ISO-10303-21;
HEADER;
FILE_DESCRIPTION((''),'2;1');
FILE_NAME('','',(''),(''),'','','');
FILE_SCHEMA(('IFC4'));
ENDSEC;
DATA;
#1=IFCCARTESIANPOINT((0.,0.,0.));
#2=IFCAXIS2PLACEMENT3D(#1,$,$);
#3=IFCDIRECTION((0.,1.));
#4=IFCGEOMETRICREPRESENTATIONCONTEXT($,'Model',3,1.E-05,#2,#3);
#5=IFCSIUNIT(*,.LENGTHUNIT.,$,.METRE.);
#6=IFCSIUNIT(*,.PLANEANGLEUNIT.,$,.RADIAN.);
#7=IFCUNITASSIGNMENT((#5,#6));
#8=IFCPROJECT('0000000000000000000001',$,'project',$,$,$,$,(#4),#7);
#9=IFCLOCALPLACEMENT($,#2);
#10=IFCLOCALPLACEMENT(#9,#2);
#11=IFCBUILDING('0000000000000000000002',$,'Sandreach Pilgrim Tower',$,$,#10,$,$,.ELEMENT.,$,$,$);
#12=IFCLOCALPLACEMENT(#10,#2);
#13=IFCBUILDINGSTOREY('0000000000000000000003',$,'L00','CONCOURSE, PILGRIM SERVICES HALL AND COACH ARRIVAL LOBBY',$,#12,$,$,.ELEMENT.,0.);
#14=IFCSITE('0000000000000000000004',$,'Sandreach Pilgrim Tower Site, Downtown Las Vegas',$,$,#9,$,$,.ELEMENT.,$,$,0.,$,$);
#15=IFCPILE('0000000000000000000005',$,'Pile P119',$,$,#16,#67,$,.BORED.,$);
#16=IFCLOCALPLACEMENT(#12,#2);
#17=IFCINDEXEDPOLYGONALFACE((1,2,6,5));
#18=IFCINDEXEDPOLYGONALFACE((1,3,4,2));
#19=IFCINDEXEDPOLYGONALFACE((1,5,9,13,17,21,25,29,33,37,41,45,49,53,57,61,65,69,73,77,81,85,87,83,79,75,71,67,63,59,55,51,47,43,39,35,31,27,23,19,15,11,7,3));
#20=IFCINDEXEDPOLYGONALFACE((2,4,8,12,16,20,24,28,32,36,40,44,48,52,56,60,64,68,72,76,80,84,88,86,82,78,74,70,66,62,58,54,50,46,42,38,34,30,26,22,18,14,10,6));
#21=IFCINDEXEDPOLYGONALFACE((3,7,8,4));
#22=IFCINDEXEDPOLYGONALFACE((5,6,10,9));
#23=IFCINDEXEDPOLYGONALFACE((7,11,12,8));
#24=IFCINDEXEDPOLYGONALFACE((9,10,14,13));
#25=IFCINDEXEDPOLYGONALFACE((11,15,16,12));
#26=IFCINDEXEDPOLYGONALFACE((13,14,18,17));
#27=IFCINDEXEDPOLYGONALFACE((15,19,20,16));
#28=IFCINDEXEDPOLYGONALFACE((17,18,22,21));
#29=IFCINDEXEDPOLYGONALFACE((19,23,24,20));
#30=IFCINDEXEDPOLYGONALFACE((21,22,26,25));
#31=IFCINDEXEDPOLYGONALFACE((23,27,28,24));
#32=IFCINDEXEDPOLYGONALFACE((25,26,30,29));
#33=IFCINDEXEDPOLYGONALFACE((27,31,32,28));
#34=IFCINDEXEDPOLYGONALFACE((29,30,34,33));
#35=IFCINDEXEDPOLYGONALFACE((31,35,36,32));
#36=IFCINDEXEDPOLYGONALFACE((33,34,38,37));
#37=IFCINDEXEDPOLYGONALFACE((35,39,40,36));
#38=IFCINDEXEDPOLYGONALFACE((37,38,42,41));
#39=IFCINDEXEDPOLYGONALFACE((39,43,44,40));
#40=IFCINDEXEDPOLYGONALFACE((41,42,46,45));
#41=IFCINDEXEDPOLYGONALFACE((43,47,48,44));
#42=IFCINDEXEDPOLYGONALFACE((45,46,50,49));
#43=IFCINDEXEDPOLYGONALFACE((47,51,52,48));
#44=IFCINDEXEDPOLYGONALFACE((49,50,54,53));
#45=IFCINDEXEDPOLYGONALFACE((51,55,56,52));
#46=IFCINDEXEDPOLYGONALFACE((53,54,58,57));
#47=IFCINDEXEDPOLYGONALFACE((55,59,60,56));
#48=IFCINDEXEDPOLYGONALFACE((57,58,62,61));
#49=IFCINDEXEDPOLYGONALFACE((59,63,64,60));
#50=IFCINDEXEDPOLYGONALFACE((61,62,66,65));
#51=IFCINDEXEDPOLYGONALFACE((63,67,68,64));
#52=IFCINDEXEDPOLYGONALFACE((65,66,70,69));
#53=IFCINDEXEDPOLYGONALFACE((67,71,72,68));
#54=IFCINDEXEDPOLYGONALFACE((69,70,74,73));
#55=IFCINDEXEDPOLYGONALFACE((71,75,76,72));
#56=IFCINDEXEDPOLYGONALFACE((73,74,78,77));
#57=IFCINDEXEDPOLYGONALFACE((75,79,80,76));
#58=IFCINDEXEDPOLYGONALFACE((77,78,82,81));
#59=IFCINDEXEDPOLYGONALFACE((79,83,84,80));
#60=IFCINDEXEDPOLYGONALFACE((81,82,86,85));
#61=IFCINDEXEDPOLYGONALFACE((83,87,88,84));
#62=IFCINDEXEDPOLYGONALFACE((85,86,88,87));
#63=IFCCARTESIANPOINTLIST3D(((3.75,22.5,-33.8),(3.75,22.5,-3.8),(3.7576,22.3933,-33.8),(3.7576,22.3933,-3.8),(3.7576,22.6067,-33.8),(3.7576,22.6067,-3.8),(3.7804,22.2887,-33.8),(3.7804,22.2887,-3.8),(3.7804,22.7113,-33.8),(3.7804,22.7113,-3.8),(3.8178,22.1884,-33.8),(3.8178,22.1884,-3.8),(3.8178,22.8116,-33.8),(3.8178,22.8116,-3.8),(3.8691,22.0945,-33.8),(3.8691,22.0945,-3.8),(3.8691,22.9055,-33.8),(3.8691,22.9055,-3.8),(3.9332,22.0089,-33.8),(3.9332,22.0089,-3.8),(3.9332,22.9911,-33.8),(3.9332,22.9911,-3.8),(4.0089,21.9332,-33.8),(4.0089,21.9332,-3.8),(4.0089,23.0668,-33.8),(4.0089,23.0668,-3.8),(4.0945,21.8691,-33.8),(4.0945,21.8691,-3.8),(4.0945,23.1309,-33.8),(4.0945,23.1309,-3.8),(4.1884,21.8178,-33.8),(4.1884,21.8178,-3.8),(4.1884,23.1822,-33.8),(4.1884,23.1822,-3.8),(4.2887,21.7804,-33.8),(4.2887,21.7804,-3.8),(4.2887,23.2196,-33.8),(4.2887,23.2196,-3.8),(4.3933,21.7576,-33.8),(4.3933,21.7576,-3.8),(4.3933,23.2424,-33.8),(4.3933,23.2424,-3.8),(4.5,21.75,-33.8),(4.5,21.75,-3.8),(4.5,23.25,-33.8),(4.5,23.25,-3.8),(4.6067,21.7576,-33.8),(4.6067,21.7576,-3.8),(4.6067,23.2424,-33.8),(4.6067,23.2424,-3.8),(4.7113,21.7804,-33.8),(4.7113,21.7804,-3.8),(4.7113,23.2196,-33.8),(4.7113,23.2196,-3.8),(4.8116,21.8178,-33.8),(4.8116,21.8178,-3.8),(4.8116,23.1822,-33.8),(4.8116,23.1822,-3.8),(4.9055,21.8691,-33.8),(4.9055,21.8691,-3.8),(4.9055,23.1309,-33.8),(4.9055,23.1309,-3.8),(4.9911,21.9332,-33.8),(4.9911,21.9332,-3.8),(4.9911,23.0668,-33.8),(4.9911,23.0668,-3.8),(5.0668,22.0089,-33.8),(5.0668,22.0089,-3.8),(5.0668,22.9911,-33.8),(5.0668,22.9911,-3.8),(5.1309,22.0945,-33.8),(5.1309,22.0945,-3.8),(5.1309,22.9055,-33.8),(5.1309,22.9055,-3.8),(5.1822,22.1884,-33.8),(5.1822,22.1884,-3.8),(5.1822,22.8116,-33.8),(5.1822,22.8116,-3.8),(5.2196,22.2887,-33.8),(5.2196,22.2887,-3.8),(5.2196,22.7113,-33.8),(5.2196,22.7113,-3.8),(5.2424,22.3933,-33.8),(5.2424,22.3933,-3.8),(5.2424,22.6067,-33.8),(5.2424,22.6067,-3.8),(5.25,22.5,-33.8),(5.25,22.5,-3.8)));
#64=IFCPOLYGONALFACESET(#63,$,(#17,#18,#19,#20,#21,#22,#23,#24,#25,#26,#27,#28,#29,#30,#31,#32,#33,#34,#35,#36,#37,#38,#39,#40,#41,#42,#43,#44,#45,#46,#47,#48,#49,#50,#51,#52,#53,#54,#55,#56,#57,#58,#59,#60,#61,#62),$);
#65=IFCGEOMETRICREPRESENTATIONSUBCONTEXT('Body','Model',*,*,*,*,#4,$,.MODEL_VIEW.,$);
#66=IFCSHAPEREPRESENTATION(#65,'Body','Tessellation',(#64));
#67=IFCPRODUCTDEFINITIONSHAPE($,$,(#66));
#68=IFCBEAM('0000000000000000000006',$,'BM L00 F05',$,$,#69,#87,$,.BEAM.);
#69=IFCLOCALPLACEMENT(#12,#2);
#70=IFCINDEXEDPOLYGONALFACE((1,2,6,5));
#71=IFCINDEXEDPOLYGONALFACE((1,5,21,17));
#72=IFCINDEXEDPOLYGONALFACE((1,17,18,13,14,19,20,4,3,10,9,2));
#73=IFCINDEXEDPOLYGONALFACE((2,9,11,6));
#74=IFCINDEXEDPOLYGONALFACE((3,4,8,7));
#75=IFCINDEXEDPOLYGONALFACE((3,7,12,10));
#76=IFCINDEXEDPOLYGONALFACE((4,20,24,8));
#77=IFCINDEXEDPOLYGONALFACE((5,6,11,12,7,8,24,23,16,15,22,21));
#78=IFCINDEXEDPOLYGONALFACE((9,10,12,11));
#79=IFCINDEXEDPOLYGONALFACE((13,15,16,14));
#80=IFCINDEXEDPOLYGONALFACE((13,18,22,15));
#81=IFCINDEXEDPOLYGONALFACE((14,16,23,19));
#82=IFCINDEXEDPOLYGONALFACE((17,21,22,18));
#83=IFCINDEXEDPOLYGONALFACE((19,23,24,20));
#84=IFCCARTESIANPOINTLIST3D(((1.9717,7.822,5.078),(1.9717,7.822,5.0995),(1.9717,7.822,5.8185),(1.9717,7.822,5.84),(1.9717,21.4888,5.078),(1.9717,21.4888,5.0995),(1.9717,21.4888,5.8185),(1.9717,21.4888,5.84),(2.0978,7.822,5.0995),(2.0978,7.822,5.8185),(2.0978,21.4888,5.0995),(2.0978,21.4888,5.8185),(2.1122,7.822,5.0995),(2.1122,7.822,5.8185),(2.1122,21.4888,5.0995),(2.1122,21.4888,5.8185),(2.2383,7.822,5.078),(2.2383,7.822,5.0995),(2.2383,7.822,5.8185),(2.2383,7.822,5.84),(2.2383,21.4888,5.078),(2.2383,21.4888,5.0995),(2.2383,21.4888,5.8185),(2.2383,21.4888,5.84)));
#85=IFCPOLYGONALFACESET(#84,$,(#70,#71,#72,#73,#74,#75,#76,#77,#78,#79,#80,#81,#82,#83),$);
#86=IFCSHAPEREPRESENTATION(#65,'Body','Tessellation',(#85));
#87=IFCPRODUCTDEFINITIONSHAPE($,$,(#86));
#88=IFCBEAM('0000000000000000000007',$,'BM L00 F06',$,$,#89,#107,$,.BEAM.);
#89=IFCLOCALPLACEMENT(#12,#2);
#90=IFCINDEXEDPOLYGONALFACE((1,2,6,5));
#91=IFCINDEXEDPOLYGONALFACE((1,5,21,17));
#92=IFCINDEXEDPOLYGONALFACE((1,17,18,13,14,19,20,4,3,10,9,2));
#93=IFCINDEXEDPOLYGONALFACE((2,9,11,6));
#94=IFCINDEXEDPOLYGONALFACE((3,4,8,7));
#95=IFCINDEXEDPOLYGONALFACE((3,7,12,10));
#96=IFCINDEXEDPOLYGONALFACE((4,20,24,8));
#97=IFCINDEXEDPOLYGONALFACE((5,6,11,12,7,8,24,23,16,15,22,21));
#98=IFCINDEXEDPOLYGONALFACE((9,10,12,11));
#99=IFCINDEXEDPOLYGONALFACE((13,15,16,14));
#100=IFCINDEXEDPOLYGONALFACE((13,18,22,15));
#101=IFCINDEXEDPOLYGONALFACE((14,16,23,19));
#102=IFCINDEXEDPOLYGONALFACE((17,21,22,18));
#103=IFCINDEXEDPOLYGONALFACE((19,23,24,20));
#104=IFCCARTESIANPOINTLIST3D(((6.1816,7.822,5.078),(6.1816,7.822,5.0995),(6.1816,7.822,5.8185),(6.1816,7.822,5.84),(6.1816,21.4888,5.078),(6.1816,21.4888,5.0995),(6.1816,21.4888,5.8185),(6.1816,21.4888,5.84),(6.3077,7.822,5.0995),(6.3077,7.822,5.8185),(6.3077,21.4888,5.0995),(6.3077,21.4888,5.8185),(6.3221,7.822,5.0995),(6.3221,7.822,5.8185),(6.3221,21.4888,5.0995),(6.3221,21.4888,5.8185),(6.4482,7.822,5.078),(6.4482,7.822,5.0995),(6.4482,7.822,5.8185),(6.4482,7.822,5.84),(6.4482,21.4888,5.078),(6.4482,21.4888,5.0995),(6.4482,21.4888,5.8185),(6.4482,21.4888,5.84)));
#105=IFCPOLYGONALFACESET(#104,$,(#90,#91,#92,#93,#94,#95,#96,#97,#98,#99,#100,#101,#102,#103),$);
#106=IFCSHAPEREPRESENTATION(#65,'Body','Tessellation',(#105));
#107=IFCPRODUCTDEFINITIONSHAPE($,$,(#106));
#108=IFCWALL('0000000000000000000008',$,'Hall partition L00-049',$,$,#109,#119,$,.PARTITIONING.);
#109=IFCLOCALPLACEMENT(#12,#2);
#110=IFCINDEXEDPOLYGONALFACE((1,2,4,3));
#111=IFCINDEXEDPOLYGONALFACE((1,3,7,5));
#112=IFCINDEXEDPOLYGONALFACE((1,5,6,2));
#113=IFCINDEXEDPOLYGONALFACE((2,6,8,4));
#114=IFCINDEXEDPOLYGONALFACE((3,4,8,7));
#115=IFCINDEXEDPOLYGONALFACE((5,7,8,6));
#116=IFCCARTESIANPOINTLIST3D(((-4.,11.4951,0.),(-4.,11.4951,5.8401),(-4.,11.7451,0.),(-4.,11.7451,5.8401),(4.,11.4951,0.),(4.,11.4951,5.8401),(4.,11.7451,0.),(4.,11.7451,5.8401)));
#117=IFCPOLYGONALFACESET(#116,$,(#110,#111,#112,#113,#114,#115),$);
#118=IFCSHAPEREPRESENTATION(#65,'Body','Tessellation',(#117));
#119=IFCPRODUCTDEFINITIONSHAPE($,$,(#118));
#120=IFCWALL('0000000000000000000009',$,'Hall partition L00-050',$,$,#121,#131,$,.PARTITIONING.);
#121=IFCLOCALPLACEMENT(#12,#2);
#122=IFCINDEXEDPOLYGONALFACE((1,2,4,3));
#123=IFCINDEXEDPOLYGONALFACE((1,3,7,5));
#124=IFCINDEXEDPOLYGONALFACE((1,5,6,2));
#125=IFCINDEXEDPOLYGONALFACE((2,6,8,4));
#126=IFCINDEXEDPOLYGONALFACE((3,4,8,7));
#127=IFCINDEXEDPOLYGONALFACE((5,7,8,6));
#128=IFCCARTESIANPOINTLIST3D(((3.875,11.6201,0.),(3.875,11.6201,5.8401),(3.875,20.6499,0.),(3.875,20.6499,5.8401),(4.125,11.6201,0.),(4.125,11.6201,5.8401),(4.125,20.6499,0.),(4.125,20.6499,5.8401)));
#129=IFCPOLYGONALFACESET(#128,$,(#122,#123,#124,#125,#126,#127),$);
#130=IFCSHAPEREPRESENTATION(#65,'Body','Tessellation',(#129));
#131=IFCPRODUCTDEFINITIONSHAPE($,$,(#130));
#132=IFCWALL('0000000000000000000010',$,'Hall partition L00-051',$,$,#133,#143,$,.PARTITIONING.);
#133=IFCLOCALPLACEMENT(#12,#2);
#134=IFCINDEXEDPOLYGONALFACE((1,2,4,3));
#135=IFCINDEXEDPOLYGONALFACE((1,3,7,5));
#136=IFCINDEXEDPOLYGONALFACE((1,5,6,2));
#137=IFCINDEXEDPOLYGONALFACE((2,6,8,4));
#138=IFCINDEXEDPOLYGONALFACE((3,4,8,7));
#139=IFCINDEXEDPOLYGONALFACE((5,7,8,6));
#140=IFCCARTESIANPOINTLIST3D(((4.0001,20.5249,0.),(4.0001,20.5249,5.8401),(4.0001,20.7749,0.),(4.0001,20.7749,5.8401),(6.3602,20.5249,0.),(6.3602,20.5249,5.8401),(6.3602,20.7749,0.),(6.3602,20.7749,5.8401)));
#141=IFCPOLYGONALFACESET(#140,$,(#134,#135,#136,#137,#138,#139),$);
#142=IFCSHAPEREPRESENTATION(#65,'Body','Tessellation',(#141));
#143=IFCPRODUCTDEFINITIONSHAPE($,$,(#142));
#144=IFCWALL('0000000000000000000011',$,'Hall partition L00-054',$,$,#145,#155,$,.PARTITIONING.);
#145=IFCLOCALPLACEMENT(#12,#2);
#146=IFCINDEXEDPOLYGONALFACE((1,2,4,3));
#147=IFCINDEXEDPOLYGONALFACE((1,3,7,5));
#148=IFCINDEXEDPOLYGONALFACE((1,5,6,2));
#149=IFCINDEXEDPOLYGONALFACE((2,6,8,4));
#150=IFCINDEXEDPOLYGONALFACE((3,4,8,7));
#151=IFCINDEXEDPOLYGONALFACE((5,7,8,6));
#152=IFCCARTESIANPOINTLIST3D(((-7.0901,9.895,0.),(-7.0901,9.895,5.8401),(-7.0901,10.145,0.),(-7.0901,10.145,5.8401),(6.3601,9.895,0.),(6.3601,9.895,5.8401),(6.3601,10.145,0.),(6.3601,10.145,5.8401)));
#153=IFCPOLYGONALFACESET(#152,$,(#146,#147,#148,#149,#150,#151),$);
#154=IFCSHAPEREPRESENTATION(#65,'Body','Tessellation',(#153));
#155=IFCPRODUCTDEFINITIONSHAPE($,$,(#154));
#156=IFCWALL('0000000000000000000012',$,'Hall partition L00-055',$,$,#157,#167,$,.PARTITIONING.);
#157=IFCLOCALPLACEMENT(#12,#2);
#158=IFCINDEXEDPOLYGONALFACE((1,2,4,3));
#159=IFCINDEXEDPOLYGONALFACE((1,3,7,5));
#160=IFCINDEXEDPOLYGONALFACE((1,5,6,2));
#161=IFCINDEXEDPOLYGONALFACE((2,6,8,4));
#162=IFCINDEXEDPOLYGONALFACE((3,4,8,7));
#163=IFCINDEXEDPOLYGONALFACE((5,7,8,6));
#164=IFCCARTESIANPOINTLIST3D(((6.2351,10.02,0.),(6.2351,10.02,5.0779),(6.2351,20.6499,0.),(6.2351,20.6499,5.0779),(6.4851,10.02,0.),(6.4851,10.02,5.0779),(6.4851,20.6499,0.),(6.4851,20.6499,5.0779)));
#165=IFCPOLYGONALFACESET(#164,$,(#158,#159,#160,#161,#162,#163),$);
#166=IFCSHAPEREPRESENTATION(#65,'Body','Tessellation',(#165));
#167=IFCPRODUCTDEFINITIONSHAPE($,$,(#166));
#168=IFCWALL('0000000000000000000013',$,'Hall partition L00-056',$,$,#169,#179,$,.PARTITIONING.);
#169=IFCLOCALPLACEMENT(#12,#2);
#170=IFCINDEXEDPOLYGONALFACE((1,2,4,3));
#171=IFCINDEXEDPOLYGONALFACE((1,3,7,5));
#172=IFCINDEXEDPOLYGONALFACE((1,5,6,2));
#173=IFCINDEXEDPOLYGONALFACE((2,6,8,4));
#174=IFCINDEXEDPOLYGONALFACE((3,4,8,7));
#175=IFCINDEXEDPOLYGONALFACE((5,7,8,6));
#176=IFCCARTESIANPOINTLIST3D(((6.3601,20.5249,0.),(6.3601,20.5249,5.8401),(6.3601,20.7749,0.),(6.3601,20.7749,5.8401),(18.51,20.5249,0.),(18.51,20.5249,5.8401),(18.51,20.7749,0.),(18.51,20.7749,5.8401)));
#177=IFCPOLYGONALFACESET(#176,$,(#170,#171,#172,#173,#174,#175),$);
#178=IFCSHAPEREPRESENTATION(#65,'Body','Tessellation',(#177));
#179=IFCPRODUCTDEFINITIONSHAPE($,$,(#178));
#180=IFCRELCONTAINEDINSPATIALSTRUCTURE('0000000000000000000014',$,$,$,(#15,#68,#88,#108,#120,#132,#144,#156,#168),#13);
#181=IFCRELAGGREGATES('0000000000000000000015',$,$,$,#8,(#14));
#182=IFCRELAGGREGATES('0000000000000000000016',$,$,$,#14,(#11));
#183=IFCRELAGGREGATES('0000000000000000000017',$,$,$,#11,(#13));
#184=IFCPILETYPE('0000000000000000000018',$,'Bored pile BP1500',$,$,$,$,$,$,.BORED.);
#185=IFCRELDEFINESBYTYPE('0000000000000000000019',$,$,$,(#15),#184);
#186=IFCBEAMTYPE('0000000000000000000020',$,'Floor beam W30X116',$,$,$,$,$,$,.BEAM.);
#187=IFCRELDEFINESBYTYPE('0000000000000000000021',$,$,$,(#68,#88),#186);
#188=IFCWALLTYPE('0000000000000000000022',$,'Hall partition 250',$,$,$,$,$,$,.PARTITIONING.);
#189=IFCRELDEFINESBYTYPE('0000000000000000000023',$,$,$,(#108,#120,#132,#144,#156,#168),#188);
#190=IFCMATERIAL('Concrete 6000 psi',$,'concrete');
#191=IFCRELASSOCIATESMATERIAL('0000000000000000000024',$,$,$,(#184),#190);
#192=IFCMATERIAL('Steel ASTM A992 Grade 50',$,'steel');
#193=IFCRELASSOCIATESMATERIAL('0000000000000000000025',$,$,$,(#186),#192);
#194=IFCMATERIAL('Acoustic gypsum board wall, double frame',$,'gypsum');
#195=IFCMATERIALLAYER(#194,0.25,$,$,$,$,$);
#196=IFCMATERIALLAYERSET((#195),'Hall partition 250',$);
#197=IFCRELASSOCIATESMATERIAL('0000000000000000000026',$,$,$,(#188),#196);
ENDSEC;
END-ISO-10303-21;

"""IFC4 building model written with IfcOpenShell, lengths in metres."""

from ifc_helpers import new_model, si_unit, direction, frame, frame_2d, origin, origin_2d, place, context, subcontext, project, spatial, rectangle, circle, i_section, extrude, material, layer, layer_set, material_profile, profile_set, type_object, element, save


model = new_model("IFC4")

# Units and contexts
model_context = context("Model", 3, precision=1e-05, world=origin(), true_north=direction((0.0, 1.0)))
body_context = subcontext(model_context, "Body", "Model", "MODEL_VIEW")
ifc_project = project(units=[si_unit("LENGTHUNIT", "METRE"), si_unit("PLANEANGLEUNIT", "RADIAN")], contexts=[model_context])

# Site, building, storey
site_placement = place(None, origin())
site = spatial("IfcSite", under=ifc_project, at=site_placement, Name="Sandreach Pilgrim Tower Site, Downtown Las Vegas", CompositionType="ELEMENT", RefElevation=0.0)
building_placement = place(site_placement, origin())
building = spatial("IfcBuilding", under=site, at=building_placement, Name="Sandreach Pilgrim Tower", CompositionType="ELEMENT")
storey_placement = place(building_placement, origin())
storey = spatial("IfcBuildingStorey", under=building, at=storey_placement, Name="L00", Description="CONCOURSE, PILGRIM SERVICES HALL AND COACH ARRIVAL LOBBY", CompositionType="ELEMENT", Elevation=0.0)

# Pile
ifc_material_1 = material(Name="Concrete 6000 psi", Category="concrete")
ifc_material_profile_1 = material_profile(ifc_material_1, circle(Radius=0.75, at=origin_2d()), Name="BP1500")
ifc_profile_set_1 = profile_set([ifc_material_profile_1], Name="Concrete 6000 psi")
pile_type = type_object("IfcPileType", Name="Bored pile BP1500", PredefinedType="BORED", material=ifc_profile_set_1)
for number, where, z_axis, x_axis, name in (
    (1, (4.5, 22.5, -3.8), (0.0, 0.0, -1.0), (1.0, 0.0, 0.0), "Pile P119"),
):
    element("IfcPile", number, at=place(storey_placement, frame(where, z_axis=z_axis, x_axis=x_axis)), inside=storey, type_object=pile_type, Name=name, PredefinedType="BORED", context=body_context, shape_type="SweptSolid", body=[
        extrude(circle(Radius=0.75, at=origin_2d()), origin(), (0.0, 0.0, 1.0), 30.0),
    ])

# Beams
ifc_material_2 = material(Name="Steel ASTM A992 Grade 50", Category="steel")
ifc_material_profile_2 = material_profile(ifc_material_2, i_section(OverallWidth=0.2666, OverallDepth=0.762, WebThickness=0.0144, FlangeThickness=0.0215, at=origin_2d()), Name="W30X116")
ifc_profile_set_2 = profile_set([ifc_material_profile_2], Name="Steel ASTM A992 Grade 50")
beam_type = type_object("IfcBeamType", Name="Floor beam W30X116", PredefinedType="BEAM", material=ifc_profile_set_2)
for number, where, z_axis, x_axis, name in (
    (2, (2.105, 21.4888, 5.459), (0.0, -1.0, 0.0), (1.0, 0.0, 0.0), "BM L00 F05"),
    (3, (6.3149, 21.4888, 5.459), (0.0, -1.0, 0.0), (1.0, 0.0, 0.0), "BM L00 F06"),
):
    element("IfcBeam", number, at=place(storey_placement, frame(where, z_axis=z_axis, x_axis=x_axis)), inside=storey, type_object=beam_type, Name=name, PredefinedType="BEAM", context=body_context, shape_type="SweptSolid", body=[
        extrude(i_section(OverallWidth=0.2666, OverallDepth=0.762, WebThickness=0.0144, FlangeThickness=0.0215, at=origin_2d()), origin(), (0.0, 0.0, 1.0), 13.6667),
    ])

# Walls
ifc_material_3 = material(Name="Acoustic gypsum board wall, double frame", Category="gypsum")
ifc_layer_1 = layer(ifc_material_3, 0.25)
ifc_layer_set_1 = layer_set([ifc_layer_1], Name="Hall partition 250")
wall_type_1 = type_object("IfcWallType", Name="Hall partition 250", PredefinedType="PARTITIONING", material=ifc_layer_set_1)
wall_1_placement = place(storey_placement, frame((4.0, 11.6201, 0.0), z_axis=(0.0, 0.0, 1.0), x_axis=(-1.0, 0.0, 0.0)))
element("IfcWall", 4, at=wall_1_placement, inside=storey, type_object=wall_type_1, Name="Hall partition L00-049", PredefinedType="PARTITIONING", context=body_context, shape_type="SweptSolid", body=[
    extrude(rectangle(XDim=8.0, YDim=0.25, at=frame_2d((4.0, 0.0))), origin(), (0.0, 0.0, 1.0), 5.8401),
])
wall_2_placement = place(storey_placement, frame((4.0, 20.6499, 0.0), z_axis=(0.0, 0.0, 1.0), x_axis=(0.0, -1.0, 0.0)))
element("IfcWall", 5, at=wall_2_placement, inside=storey, type_object=wall_type_1, Name="Hall partition L00-050", PredefinedType="PARTITIONING", context=body_context, shape_type="SweptSolid", body=[
    extrude(rectangle(XDim=9.0298, YDim=0.25, at=frame_2d((4.5149, 0.0))), origin(), (0.0, 0.0, 1.0), 5.8401),
])
wall_3_placement = place(storey_placement, frame((4.0, 20.6499, 0.0), z_axis=(0.0, 0.0, 1.0), x_axis=(1.0, 0.0, 0.0)))
element("IfcWall", 6, at=wall_3_placement, inside=storey, type_object=wall_type_1, Name="Hall partition L00-051", PredefinedType="PARTITIONING", context=body_context, shape_type="SweptSolid", body=[
    extrude(rectangle(XDim=2.3601, YDim=0.25, at=frame_2d((1.1802, 0.0))), origin(), (0.0, 0.0, 1.0), 5.8401),
])
wall_4_placement = place(storey_placement, frame((6.3601, 10.02, 0.0), z_axis=(0.0, 0.0, 1.0), x_axis=(-1.0, 0.0, 0.0)))
element("IfcWall", 7, at=wall_4_placement, inside=storey, type_object=wall_type_1, Name="Hall partition L00-054", PredefinedType="PARTITIONING", context=body_context, shape_type="SweptSolid", body=[
    extrude(rectangle(XDim=13.4502, YDim=0.25, at=frame_2d((6.7251, 0.0))), origin(), (0.0, 0.0, 1.0), 5.8401),
])
wall_5_placement = place(storey_placement, frame((6.3601, 10.02, 0.0), z_axis=(0.0, 0.0, 1.0), x_axis=(0.0, 1.0, 0.0)))
element("IfcWall", 8, at=wall_5_placement, inside=storey, type_object=wall_type_1, Name="Hall partition L00-055", PredefinedType="PARTITIONING", context=body_context, shape_type="SweptSolid", body=[
    extrude(rectangle(XDim=10.6299, YDim=0.25, at=frame_2d((5.3149, 0.0))), origin(), (0.0, 0.0, 1.0), 5.0779),
])
wall_6_placement = place(storey_placement, frame((6.3601, 20.6499, 0.0), z_axis=(0.0, 0.0, 1.0), x_axis=(1.0, 0.0, 0.0)))
element("IfcWall", 9, at=wall_6_placement, inside=storey, type_object=wall_type_1, Name="Hall partition L00-056", PredefinedType="PARTITIONING", context=body_context, shape_type="SweptSolid", body=[
    extrude(rectangle(XDim=12.1499, YDim=0.25, at=frame_2d((6.075, 0.0))), origin(), (0.0, 0.0, 1.0), 5.8401),
])

save(model, "model.ifc")
